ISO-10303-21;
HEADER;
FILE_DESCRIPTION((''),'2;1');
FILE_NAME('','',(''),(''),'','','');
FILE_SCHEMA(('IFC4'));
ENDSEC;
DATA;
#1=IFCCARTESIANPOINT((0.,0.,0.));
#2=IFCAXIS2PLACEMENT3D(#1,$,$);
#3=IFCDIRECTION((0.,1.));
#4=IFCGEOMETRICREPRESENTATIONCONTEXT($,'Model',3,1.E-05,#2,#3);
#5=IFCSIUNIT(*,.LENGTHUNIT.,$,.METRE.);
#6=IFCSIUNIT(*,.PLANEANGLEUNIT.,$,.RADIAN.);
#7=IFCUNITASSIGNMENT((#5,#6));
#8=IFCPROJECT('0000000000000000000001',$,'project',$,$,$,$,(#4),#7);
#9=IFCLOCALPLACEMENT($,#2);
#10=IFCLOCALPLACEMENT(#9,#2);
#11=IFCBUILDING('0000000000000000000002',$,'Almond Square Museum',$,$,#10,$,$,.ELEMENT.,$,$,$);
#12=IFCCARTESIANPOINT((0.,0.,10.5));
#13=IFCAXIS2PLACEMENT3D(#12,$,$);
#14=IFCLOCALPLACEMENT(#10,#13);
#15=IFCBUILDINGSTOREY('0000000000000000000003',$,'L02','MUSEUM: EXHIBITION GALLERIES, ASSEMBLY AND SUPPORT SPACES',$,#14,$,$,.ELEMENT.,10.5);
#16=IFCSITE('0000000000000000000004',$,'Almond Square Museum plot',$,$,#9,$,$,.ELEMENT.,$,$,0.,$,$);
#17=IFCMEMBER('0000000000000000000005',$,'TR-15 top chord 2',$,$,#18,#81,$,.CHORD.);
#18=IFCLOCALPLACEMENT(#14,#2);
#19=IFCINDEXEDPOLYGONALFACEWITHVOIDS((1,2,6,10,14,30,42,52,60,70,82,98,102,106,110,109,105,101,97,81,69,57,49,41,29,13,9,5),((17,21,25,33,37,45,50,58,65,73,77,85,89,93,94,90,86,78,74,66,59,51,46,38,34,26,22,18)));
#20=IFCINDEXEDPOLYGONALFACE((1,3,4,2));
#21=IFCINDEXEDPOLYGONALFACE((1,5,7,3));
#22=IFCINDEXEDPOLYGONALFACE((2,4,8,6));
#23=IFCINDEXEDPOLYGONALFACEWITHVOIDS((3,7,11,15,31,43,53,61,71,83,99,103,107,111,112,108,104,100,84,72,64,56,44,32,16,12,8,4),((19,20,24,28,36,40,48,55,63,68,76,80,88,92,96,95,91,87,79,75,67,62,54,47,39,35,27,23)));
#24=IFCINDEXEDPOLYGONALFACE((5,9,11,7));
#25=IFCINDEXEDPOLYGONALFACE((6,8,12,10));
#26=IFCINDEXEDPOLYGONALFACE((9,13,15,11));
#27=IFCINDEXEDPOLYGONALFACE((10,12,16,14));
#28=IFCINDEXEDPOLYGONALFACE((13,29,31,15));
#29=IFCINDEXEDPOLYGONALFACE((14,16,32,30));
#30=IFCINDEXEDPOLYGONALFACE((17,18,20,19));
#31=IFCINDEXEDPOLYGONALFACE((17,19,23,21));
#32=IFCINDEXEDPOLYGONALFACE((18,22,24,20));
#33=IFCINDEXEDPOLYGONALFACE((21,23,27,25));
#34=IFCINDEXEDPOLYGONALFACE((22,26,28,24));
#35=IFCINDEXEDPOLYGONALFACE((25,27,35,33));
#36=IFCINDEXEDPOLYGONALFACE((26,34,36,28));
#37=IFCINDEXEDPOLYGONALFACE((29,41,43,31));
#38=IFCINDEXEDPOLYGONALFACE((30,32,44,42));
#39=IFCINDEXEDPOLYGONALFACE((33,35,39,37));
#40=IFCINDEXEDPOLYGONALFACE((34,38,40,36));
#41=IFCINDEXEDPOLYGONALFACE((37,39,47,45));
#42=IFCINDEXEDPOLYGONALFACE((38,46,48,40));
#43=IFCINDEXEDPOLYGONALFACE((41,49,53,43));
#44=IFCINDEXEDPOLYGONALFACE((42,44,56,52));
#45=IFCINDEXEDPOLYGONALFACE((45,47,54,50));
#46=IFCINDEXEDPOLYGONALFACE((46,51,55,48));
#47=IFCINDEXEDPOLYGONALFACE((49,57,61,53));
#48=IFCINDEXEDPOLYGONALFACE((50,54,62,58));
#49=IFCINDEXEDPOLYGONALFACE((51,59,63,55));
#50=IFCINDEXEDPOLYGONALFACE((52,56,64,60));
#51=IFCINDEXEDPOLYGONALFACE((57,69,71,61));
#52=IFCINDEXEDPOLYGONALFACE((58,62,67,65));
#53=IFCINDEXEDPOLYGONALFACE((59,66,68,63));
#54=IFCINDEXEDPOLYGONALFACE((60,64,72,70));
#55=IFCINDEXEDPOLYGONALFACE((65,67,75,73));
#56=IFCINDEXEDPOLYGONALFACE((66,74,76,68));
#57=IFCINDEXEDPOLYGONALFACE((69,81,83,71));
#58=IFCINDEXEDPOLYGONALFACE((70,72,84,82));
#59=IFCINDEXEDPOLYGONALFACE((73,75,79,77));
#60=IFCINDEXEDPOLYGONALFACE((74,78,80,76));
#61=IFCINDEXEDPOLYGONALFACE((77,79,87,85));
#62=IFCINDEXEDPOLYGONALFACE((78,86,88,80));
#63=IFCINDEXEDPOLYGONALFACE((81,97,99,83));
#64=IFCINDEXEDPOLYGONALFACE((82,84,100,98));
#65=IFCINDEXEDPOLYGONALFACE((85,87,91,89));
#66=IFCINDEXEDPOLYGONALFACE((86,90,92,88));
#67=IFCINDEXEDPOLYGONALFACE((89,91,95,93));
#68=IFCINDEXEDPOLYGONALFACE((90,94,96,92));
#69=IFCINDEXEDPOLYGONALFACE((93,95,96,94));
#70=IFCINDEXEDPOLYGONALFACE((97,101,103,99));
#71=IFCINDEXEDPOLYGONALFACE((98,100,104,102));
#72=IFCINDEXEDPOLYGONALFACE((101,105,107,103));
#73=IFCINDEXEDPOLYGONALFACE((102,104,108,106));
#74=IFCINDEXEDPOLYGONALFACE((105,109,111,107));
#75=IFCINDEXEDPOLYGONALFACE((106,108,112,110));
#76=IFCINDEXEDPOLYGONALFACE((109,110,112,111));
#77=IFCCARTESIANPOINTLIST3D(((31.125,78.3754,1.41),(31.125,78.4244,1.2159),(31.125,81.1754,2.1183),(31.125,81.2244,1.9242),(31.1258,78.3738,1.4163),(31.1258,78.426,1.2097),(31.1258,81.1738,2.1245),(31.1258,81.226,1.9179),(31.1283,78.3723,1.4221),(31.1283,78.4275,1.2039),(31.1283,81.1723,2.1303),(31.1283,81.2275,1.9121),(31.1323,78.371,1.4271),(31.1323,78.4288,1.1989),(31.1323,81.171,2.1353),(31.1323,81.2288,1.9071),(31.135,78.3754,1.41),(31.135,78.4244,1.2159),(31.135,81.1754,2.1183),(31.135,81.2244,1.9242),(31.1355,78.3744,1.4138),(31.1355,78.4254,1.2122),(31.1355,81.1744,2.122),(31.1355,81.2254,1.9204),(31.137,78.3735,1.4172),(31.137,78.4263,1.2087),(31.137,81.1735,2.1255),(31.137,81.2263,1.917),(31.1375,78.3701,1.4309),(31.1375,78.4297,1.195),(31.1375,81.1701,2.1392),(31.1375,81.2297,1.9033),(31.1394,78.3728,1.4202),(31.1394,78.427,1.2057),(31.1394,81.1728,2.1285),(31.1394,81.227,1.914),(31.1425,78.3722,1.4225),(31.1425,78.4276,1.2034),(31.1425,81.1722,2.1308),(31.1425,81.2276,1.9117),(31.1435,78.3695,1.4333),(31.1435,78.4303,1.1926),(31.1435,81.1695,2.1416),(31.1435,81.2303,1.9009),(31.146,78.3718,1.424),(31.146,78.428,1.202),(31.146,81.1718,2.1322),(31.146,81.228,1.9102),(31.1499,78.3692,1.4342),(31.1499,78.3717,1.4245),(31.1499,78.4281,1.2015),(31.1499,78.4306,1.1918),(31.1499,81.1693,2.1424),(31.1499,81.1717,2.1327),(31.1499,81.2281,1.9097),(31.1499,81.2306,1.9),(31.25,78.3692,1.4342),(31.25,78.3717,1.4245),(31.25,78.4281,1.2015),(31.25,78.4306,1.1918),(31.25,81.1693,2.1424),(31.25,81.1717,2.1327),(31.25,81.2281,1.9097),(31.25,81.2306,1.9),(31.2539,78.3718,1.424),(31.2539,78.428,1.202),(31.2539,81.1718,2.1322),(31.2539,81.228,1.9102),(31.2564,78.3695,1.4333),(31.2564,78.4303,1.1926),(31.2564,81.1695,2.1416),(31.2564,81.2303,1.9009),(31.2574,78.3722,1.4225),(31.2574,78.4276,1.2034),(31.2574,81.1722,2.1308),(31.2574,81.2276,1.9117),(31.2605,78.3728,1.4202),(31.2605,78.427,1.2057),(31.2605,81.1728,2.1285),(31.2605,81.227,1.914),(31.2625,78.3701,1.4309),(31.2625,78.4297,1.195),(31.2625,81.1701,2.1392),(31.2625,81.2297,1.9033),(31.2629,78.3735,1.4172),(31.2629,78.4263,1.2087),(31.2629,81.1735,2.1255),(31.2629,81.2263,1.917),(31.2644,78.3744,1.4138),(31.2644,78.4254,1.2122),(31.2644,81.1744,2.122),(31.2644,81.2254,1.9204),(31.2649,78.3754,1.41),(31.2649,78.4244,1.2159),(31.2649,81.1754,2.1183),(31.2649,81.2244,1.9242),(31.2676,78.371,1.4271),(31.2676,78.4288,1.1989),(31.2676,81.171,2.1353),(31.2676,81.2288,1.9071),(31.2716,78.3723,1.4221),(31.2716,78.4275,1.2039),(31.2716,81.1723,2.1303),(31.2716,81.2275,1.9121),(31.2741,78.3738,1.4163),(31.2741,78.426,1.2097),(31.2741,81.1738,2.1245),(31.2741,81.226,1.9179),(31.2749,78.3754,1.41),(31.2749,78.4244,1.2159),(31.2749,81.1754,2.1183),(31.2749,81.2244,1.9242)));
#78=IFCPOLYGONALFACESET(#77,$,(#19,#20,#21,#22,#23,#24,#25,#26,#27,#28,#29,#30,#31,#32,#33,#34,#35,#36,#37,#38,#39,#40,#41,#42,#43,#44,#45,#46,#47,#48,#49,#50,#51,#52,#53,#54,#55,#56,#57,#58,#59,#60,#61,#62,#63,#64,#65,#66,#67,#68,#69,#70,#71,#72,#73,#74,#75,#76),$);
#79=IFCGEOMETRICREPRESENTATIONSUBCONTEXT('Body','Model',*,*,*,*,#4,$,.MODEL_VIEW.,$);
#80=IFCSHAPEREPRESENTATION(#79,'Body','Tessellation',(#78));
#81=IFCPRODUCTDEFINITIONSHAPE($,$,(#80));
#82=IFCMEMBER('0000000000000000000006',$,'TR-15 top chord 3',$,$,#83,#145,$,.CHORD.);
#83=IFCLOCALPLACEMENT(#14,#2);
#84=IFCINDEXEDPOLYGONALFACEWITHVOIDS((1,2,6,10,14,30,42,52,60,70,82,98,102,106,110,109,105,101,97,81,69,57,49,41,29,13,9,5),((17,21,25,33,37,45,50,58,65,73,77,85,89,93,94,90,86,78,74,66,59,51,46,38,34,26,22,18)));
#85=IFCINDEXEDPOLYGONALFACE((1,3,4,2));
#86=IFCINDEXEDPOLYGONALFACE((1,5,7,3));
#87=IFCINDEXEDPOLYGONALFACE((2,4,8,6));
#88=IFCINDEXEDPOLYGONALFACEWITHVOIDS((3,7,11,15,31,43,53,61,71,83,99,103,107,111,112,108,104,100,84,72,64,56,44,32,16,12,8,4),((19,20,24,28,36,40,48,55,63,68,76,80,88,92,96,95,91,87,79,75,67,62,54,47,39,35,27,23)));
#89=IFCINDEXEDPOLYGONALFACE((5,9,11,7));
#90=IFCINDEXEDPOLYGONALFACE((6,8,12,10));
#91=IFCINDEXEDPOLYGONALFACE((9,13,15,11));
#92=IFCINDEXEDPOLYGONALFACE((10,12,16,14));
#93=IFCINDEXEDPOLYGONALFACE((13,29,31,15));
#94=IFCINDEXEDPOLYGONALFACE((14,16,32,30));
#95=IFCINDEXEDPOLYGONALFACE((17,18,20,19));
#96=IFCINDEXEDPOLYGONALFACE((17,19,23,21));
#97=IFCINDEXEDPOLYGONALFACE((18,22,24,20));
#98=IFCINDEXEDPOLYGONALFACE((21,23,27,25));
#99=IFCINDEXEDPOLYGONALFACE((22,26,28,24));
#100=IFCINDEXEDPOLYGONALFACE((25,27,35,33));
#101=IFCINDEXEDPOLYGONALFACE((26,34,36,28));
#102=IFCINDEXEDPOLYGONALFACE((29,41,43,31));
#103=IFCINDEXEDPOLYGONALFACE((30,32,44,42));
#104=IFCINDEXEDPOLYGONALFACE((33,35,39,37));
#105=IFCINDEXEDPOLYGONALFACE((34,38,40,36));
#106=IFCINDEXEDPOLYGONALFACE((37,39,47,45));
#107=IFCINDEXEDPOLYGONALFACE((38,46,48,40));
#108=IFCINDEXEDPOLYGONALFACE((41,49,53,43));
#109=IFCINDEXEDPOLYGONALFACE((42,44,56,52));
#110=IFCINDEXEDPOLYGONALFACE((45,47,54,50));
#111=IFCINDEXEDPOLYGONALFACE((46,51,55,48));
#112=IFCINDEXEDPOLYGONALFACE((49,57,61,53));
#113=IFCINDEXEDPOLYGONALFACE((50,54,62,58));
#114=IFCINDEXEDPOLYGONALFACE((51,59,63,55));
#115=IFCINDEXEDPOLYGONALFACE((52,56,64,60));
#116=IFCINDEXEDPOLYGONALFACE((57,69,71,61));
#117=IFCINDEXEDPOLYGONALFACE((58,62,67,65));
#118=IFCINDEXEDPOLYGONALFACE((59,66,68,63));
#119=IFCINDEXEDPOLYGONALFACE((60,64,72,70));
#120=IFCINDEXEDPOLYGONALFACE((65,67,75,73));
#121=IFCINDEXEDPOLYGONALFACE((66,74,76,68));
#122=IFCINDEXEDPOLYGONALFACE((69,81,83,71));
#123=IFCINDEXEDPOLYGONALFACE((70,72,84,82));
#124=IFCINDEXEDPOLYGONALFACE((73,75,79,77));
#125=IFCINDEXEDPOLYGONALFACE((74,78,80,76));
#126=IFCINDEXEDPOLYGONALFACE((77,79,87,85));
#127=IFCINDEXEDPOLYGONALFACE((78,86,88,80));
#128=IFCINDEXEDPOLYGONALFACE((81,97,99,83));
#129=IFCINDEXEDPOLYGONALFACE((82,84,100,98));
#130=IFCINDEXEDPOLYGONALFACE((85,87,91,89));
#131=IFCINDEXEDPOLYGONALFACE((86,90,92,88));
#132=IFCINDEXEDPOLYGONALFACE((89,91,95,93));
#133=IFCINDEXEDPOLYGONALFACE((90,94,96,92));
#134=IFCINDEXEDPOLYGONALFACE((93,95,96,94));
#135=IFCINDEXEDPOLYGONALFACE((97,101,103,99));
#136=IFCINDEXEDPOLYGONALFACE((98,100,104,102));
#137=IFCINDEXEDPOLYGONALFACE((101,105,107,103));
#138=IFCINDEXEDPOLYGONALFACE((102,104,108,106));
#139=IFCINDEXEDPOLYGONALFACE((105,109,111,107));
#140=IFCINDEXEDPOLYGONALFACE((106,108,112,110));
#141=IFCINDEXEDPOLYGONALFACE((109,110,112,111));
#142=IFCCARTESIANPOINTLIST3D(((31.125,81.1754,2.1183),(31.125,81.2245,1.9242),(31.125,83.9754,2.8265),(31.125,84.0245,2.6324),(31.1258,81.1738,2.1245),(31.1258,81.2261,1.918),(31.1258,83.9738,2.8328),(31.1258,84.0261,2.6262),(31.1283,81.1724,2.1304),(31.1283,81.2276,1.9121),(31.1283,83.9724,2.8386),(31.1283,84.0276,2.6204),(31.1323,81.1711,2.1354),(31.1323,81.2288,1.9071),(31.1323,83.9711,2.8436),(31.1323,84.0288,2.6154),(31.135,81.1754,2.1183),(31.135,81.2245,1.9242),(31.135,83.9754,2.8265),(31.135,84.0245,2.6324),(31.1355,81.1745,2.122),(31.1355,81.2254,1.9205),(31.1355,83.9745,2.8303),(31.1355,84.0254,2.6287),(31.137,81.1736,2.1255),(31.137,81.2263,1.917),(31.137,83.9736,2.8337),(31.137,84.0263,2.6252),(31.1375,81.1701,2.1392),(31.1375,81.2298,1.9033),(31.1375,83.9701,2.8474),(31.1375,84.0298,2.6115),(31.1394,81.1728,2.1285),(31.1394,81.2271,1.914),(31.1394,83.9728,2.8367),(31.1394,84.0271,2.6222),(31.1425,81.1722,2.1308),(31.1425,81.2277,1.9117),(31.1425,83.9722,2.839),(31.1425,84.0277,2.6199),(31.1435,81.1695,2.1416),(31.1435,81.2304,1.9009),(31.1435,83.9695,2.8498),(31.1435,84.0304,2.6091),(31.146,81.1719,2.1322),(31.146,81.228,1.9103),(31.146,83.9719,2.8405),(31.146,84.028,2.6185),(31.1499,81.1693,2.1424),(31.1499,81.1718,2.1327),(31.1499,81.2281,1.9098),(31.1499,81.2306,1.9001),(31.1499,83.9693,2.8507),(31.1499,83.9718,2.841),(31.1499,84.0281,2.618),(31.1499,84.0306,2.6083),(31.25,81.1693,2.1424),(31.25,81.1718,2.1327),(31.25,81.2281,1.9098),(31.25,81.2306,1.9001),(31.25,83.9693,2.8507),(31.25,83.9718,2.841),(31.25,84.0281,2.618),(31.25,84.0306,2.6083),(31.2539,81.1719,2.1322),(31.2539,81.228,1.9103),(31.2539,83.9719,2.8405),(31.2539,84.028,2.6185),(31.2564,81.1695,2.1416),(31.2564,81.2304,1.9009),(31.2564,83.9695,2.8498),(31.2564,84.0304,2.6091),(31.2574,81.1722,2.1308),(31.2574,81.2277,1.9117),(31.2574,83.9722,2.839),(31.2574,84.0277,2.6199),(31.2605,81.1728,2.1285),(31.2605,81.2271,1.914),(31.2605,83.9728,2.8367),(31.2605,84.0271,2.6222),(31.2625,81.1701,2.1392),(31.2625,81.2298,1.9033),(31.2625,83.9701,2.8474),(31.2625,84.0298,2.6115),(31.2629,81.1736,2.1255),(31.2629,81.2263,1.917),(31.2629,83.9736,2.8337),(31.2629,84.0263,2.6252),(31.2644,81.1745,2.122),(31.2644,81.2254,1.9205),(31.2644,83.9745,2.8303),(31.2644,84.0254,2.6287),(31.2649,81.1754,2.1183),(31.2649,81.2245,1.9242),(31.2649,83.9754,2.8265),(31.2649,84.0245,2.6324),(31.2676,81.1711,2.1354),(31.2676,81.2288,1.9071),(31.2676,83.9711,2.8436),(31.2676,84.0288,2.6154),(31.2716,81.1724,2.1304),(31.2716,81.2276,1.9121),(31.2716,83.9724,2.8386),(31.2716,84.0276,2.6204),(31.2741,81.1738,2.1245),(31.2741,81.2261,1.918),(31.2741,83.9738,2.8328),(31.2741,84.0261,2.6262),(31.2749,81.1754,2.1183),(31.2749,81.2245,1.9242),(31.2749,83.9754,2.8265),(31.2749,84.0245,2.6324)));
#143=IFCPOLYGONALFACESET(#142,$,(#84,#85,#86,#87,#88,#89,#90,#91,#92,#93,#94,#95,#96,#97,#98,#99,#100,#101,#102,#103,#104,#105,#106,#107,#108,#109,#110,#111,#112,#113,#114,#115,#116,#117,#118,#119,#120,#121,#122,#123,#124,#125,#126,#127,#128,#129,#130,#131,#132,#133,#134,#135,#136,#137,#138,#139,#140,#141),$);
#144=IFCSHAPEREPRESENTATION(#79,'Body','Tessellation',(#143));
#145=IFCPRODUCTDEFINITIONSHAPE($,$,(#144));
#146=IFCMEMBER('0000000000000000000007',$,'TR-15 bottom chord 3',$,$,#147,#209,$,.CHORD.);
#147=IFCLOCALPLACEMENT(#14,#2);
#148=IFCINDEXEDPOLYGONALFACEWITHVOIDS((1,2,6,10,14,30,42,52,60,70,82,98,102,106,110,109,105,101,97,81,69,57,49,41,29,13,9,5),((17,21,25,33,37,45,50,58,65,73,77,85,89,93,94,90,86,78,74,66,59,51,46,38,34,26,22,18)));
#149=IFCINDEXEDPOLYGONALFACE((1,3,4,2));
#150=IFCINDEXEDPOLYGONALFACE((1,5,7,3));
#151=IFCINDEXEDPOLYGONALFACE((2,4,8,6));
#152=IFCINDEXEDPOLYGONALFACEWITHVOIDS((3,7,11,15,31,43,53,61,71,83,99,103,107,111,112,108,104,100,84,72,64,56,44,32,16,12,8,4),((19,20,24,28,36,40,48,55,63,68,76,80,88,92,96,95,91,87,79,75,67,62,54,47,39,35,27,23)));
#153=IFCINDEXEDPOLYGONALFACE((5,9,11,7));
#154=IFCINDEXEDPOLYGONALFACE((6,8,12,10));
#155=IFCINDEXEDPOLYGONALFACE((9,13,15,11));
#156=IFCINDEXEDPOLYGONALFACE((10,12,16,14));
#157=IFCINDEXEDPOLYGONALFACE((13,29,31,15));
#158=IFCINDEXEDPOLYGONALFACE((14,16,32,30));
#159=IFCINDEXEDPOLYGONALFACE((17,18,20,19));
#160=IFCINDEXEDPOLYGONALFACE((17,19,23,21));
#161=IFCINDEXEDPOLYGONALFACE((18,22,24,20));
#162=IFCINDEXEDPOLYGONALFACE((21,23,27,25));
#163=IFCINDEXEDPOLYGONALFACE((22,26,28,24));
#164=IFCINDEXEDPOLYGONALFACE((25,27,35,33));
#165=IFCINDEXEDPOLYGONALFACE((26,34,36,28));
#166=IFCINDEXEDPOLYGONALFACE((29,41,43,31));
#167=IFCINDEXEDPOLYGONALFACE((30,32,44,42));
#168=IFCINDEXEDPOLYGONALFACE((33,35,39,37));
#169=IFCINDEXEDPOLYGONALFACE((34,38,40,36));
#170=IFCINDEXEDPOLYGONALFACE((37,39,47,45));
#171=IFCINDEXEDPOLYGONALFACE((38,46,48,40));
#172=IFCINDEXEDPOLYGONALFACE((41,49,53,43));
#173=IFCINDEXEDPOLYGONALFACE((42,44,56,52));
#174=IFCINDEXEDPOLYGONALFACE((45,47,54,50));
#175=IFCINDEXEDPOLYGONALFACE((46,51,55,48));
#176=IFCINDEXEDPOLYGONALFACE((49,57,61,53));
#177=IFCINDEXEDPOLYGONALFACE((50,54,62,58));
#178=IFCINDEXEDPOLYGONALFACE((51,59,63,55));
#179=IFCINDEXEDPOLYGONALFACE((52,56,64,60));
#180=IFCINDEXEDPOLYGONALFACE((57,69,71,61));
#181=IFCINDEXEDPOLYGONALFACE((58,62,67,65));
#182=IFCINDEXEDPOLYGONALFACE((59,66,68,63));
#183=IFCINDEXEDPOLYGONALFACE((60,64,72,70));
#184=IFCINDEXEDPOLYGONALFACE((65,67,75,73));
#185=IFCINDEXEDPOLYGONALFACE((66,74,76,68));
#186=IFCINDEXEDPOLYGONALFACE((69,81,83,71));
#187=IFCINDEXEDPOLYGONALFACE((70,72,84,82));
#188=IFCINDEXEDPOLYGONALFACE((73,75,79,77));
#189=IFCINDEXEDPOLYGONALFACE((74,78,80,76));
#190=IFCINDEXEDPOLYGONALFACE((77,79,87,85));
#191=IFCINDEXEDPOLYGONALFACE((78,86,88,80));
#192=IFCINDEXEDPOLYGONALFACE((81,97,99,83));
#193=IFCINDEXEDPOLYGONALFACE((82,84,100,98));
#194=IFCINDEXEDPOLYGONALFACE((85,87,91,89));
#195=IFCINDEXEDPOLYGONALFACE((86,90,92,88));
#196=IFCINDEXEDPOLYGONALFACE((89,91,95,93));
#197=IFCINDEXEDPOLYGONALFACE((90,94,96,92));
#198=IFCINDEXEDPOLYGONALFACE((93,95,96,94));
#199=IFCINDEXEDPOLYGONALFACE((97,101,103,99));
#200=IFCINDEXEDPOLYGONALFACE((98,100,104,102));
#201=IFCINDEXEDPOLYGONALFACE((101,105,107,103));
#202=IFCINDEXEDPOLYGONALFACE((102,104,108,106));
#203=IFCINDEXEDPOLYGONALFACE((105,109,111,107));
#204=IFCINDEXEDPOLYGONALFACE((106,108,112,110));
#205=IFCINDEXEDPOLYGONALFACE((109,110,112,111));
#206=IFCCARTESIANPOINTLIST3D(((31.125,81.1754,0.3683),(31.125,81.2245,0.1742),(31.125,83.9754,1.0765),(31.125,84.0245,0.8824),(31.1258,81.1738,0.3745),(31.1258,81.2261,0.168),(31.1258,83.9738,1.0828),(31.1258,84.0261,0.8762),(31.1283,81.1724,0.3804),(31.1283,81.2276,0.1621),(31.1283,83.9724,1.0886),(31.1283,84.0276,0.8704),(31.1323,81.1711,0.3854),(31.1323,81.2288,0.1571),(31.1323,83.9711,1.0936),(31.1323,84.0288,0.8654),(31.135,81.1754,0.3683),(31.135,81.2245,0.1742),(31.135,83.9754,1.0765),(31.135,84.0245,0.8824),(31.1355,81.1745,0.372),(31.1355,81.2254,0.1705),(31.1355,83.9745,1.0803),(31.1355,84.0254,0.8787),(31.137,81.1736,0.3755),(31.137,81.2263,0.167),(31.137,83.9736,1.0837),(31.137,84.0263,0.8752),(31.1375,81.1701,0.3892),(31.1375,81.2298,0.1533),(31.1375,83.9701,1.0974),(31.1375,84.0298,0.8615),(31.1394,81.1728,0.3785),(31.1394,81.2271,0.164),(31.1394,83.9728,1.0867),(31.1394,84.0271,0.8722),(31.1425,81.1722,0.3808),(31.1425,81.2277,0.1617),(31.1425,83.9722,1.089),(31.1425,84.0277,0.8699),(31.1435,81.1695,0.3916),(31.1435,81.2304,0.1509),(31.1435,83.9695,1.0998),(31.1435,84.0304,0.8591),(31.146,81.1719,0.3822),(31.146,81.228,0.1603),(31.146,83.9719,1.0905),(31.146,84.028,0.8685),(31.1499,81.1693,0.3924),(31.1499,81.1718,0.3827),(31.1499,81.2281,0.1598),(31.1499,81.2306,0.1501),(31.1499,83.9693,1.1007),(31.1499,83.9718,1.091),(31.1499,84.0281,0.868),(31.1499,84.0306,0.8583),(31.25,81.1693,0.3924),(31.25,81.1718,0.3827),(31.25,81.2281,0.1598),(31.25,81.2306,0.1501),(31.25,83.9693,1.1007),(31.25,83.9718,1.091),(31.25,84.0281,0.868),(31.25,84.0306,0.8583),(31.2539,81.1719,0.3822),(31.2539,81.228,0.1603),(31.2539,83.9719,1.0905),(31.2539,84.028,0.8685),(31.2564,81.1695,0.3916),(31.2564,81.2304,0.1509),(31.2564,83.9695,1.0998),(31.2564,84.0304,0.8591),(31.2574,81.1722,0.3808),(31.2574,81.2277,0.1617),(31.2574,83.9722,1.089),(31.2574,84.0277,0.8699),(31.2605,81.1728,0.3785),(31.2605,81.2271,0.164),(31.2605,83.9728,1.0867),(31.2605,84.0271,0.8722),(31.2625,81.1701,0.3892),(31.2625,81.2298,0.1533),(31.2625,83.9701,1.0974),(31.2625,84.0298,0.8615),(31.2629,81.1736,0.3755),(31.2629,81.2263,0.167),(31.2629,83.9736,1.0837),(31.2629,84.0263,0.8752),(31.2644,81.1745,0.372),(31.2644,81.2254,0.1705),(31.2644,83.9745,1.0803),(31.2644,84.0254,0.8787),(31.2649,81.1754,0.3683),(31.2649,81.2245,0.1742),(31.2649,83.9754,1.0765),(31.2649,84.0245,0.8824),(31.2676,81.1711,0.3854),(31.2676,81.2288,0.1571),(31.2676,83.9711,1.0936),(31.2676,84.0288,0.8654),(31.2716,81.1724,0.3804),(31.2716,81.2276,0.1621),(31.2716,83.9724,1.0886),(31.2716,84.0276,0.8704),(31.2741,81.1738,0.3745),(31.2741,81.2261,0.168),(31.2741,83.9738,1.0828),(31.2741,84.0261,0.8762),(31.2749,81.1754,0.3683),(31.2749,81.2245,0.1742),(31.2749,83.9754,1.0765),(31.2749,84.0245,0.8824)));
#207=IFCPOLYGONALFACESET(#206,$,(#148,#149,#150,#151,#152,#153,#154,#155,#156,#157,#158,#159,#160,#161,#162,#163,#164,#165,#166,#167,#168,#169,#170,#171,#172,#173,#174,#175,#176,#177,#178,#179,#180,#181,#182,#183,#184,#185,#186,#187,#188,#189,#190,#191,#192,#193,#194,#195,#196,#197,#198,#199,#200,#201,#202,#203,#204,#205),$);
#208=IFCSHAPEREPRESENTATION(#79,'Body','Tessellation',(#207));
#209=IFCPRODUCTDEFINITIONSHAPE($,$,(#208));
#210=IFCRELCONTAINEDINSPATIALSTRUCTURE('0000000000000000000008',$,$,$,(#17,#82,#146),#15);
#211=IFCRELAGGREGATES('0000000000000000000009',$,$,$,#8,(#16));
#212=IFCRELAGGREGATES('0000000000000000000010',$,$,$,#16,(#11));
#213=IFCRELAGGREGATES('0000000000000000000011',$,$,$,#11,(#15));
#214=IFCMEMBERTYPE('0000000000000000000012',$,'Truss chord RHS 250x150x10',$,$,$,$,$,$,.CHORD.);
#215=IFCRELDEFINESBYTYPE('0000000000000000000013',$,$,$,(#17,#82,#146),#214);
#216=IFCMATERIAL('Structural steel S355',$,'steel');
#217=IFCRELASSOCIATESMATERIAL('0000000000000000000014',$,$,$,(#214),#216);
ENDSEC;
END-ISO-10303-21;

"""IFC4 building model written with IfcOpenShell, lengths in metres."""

from ifc_helpers import new_model, si_unit, direction, frame, origin, origin_2d, place, context, subcontext, project, spatial, hollow_rectangle, extrude, material, material_profile, profile_set, type_object, element, save


model = new_model("IFC4")

# Units and contexts
model_context = context("Model", 3, precision=1e-05, world=origin(), true_north=direction((0.0, 1.0)))
body_context = subcontext(model_context, "Body", "Model", "MODEL_VIEW")
ifc_project = project(units=[si_unit("LENGTHUNIT", "METRE"), si_unit("PLANEANGLEUNIT", "RADIAN")], contexts=[model_context])

# Site, building, storey
site_placement = place(None, origin())
site = spatial("IfcSite", under=ifc_project, at=site_placement, Name="Almond Square Museum plot", CompositionType="ELEMENT", RefElevation=0.0)
building_placement = place(site_placement, origin())
building = spatial("IfcBuilding", under=site, at=building_placement, Name="Almond Square Museum", CompositionType="ELEMENT")
storey_placement = place(building_placement, frame((0.0, 0.0, 10.5)))
storey = spatial("IfcBuildingStorey", under=building, at=storey_placement, Name="L02", Description="MUSEUM: EXHIBITION GALLERIES, ASSEMBLY AND SUPPORT SPACES", CompositionType="ELEMENT", Elevation=10.5)

# Members
ifc_material_1 = material(Name="Structural steel S355", Category="steel")
ifc_material_profile_1 = material_profile(ifc_material_1, hollow_rectangle(XDim=0.1499, YDim=0.25, WallThickness=0.01, InnerFilletRadius=0.0149, OuterFilletRadius=0.0249, at=origin_2d()))
ifc_profile_set_1 = profile_set([ifc_material_profile_1], Name="Structural steel S355")
member_type_1 = type_object("IfcMemberType", Name="Truss chord RHS 250x150x10", PredefinedType="CHORD", material=ifc_profile_set_1)
for number, where, z_axis, x_axis, name in (
    (1, (31.2, 78.3999, 1.313), (0.0, 0.969468, 0.24522), (-1.0, 0.0, 0.0), "TR-15 top chord 2"),
    (2, (31.2, 81.2, 2.0212), (0.0, 0.969468, 0.24522), (-1.0, 0.0, 0.0), "TR-15 top chord 3"),
    (3, (31.2, 81.2, 0.2712), (0.0, 0.969468, 0.24522), (-1.0, 0.0, 0.0), "TR-15 bottom chord 3"),
):
    element("IfcMember", number, at=place(storey_placement, frame(where, z_axis=z_axis, x_axis=x_axis)), inside=storey, type_object=member_type_1, Name=name, PredefinedType="CHORD", context=body_context, shape_type="SweptSolid", body=[
        extrude(hollow_rectangle(XDim=0.1499, YDim=0.25, WallThickness=0.01, InnerFilletRadius=0.0149, OuterFilletRadius=0.0249, at=origin_2d()), origin(), (0.0, 0.0, 1.0), 2.8882),
    ])

save(model, "model.ifc")
